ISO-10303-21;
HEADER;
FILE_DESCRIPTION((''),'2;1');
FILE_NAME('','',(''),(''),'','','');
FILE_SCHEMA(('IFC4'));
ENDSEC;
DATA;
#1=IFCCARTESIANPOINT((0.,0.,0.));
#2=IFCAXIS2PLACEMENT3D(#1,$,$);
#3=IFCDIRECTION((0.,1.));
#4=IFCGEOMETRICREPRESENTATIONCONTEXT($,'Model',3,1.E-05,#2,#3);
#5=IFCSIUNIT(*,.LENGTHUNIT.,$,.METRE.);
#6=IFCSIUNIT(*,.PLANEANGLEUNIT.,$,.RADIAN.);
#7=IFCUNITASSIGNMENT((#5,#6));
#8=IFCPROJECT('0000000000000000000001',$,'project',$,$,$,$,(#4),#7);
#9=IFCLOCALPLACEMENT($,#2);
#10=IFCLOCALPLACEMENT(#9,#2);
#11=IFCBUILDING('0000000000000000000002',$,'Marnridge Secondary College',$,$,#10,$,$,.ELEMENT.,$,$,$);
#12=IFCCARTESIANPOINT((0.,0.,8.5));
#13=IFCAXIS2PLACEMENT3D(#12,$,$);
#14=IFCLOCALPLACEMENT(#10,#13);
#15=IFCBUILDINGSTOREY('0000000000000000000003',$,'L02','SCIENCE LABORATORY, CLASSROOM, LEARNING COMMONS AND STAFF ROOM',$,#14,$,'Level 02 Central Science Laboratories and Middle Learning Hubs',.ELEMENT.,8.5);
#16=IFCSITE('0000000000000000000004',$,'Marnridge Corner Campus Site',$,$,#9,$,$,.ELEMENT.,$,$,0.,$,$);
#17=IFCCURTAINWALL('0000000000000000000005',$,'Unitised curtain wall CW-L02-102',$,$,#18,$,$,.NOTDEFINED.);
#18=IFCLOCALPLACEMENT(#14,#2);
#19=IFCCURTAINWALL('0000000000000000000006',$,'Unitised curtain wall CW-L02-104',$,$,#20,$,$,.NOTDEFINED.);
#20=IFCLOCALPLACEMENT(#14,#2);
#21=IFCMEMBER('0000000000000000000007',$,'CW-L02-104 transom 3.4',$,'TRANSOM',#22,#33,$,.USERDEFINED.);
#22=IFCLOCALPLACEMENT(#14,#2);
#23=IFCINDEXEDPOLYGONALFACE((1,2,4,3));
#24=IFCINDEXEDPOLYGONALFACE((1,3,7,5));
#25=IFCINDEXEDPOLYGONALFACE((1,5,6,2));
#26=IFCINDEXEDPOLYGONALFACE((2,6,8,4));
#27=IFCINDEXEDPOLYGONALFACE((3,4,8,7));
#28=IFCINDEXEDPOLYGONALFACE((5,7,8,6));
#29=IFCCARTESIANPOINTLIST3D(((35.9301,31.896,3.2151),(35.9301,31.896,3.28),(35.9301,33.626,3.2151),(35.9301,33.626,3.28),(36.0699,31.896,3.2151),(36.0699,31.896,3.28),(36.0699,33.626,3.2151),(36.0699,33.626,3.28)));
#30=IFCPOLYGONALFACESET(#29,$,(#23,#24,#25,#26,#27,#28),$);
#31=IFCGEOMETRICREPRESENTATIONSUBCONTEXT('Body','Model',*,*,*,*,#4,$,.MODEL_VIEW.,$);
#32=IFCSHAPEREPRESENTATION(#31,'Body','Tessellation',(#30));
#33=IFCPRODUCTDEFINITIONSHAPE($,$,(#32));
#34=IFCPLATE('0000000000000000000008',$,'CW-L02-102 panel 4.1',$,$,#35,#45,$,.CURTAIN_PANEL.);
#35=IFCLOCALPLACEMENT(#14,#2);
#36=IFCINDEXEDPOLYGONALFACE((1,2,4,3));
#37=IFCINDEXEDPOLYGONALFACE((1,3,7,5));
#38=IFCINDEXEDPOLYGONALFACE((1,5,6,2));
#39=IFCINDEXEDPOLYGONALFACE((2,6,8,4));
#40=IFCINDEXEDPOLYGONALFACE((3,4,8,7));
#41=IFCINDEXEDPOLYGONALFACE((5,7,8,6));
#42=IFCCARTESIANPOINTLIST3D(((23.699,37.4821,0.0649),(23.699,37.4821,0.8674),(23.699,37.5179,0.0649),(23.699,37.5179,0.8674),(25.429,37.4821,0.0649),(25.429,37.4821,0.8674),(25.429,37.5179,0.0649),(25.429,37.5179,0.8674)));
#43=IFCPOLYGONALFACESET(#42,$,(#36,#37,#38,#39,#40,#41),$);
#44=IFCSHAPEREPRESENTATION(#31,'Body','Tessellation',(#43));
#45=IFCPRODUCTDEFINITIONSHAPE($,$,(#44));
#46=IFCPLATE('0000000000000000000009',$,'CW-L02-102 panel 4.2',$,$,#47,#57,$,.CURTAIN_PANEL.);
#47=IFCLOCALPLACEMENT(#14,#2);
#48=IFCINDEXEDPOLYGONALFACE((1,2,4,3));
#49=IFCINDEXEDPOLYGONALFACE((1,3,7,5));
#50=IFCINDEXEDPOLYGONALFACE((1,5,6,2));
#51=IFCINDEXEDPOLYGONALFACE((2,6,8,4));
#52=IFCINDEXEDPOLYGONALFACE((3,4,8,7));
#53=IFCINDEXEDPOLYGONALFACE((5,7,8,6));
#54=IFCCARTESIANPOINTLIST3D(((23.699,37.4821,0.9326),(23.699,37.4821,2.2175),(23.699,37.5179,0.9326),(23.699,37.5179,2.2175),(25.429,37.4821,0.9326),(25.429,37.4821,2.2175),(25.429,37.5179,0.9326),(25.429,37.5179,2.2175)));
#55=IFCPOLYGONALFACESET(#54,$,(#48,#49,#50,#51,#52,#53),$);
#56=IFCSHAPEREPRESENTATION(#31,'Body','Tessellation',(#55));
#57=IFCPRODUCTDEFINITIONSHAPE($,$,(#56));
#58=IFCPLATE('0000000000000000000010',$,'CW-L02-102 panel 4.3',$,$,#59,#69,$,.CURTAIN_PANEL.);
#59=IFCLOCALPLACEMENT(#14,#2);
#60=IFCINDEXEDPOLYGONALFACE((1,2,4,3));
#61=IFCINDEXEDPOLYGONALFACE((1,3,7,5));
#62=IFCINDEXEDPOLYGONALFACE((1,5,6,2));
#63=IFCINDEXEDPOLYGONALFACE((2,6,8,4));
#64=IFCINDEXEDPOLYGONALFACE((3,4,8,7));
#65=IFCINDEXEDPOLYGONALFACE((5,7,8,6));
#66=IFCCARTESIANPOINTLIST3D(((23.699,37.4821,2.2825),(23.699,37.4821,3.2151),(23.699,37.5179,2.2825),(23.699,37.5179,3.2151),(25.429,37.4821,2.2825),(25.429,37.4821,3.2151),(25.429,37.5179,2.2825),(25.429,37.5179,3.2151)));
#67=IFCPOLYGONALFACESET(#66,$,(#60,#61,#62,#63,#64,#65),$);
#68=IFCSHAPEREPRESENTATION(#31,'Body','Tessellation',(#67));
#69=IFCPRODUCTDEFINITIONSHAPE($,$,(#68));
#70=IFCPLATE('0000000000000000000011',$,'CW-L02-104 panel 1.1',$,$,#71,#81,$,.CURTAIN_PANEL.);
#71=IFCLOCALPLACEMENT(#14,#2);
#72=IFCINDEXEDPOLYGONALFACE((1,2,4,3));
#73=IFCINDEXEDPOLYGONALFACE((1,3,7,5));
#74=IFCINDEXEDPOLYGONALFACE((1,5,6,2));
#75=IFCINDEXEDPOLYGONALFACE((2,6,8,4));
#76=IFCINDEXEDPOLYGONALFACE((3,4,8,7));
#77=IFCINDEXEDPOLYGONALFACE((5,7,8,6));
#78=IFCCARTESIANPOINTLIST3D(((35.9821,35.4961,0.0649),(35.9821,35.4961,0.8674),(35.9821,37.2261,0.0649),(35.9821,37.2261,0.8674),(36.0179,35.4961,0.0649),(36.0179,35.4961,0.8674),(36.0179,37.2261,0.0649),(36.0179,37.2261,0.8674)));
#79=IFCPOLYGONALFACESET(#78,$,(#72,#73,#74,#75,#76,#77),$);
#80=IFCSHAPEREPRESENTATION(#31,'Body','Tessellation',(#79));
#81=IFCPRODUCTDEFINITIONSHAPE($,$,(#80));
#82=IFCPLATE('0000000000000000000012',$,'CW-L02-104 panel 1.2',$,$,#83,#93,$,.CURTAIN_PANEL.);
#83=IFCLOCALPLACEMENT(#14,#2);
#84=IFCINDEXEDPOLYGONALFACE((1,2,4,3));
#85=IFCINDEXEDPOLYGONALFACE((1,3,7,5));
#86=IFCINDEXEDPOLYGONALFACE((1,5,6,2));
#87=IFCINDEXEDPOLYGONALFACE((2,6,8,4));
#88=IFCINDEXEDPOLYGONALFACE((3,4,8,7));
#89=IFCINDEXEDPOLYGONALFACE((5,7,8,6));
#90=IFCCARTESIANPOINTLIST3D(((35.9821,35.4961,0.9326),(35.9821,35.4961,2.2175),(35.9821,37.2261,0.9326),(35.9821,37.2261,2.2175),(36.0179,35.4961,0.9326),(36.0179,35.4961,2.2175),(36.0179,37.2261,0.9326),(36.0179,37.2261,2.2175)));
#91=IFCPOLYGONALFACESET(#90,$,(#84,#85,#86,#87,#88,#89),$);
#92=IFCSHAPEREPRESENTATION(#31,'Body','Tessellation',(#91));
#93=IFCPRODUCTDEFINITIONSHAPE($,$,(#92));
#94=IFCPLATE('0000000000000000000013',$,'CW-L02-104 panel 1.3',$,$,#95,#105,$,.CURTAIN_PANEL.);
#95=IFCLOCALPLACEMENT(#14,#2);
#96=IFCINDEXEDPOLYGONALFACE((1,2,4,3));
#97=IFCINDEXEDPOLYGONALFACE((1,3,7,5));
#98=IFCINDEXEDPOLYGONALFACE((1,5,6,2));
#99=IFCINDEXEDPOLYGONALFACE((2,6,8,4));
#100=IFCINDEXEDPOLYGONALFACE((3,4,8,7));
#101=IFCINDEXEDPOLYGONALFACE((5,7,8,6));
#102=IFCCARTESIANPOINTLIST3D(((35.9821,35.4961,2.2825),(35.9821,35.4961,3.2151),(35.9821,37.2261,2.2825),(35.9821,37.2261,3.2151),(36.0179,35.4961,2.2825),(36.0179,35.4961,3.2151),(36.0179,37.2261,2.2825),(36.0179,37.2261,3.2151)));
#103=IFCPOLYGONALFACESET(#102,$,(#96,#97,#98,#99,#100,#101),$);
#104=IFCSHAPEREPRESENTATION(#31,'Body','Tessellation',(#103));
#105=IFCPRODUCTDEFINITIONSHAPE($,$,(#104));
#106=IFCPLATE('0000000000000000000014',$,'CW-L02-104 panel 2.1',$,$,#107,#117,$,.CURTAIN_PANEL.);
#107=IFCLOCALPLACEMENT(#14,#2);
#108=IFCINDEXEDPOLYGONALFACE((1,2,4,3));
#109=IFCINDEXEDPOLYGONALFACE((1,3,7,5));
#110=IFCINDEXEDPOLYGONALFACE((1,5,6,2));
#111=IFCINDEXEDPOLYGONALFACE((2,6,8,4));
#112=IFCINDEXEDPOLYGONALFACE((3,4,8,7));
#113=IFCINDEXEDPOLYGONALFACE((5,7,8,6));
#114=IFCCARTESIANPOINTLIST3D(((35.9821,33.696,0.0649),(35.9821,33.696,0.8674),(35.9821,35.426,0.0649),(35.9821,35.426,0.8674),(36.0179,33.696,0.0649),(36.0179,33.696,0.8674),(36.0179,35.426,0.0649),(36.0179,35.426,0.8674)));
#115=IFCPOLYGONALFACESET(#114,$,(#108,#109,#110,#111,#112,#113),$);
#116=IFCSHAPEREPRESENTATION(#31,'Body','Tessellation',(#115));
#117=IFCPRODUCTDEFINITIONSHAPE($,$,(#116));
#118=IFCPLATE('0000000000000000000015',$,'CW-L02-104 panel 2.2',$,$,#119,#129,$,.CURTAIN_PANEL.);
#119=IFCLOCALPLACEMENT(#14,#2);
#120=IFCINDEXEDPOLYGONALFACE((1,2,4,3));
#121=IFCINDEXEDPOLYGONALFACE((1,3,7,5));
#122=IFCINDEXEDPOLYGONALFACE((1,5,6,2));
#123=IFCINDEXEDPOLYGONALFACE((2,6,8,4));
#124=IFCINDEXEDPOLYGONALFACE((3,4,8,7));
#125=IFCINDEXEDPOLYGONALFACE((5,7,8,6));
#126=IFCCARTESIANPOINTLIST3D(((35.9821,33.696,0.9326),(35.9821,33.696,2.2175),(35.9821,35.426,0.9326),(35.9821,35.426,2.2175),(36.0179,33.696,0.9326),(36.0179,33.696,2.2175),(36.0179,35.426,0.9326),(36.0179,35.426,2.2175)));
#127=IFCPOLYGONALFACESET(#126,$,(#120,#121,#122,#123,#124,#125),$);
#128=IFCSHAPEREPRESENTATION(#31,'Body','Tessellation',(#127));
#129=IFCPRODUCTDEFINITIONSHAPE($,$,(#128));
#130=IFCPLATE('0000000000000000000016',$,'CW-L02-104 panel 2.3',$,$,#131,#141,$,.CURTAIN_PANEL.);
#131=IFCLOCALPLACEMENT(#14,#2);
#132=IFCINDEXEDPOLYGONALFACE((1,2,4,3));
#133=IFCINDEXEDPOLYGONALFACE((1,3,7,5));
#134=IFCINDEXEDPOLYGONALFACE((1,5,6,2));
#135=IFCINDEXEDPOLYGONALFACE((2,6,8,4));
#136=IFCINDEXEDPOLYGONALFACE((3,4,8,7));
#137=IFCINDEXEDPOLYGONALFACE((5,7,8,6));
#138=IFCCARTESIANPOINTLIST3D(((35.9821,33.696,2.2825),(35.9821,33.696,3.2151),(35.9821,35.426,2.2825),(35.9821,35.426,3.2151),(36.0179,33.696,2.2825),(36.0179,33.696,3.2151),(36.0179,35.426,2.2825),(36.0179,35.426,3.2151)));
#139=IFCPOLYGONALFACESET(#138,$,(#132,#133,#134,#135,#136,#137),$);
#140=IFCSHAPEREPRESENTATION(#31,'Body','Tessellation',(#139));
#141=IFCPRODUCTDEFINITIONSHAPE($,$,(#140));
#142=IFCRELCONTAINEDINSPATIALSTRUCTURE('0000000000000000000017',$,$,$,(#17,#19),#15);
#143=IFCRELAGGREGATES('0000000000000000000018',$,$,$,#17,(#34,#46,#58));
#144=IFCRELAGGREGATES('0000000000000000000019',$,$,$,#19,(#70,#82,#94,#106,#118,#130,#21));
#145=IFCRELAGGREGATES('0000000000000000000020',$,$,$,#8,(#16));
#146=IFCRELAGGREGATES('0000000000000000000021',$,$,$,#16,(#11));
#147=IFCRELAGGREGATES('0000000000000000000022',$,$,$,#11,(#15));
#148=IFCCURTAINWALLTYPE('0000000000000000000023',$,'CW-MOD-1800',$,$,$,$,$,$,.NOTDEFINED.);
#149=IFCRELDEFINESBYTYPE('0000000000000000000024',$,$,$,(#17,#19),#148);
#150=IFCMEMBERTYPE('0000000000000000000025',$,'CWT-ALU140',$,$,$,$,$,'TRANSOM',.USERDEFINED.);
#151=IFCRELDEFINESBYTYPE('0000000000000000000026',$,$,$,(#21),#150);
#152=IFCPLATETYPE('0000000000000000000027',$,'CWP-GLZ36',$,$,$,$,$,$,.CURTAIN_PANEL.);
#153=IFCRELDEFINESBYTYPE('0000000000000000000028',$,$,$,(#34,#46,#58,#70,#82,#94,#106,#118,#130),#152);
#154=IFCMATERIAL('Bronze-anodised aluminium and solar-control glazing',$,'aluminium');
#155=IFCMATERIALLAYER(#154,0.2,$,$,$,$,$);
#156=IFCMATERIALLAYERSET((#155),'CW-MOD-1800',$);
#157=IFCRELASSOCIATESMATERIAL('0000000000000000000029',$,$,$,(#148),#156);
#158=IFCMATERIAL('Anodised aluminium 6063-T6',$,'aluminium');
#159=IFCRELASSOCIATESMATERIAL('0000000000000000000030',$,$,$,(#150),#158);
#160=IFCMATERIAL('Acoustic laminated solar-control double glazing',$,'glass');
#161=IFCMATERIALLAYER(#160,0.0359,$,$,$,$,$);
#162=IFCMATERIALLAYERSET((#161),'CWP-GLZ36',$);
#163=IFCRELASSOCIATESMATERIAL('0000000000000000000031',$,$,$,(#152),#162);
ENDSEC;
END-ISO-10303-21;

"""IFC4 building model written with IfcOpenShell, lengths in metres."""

from ifc_helpers import new_model, si_unit, direction, frame, origin, origin_2d, place, context, subcontext, project, spatial, rectangle, extrude, material, layer, layer_set, material_profile, profile_set, type_object, element, aggregate, save


model = new_model("IFC4")

# Units and contexts
model_context = context("Model", 3, precision=1e-05, world=origin(), true_north=direction((0.0, 1.0)))
body_context = subcontext(model_context, "Body", "Model", "MODEL_VIEW")
ifc_project = project(units=[si_unit("LENGTHUNIT", "METRE"), si_unit("PLANEANGLEUNIT", "RADIAN")], contexts=[model_context])

# Site, building, storey
site_placement = place(None, origin())
site = spatial("IfcSite", under=ifc_project, at=site_placement, Name="Marnridge Corner Campus Site", CompositionType="ELEMENT", RefElevation=0.0)
building_placement = place(site_placement, origin())
building = spatial("IfcBuilding", under=site, at=building_placement, Name="Marnridge Secondary College", CompositionType="ELEMENT")
storey_placement = place(building_placement, frame((0.0, 0.0, 8.5)))
storey = spatial("IfcBuildingStorey", under=building, at=storey_placement, Name="L02", Description="SCIENCE LABORATORY, CLASSROOM, LEARNING COMMONS AND STAFF ROOM", LongName="Level 02 Central Science Laboratories and Middle Learning Hubs", CompositionType="ELEMENT", Elevation=8.5)

# Curtain wall
ifc_material_1 = material(Name="Bronze-anodised aluminium and solar-control glazing", Category="aluminium")
ifc_layer_1 = layer(ifc_material_1, 0.2)
ifc_layer_set_1 = layer_set([ifc_layer_1], Name="CW-MOD-1800")
curtain_wall_type = type_object("IfcCurtainWallType", Name="CW-MOD-1800", PredefinedType="NOTDEFINED", material=ifc_layer_set_1)
curtain_wall_1_placement = place(storey_placement, origin())
curtain_wall_1 = element("IfcCurtainWall", 1, at=curtain_wall_1_placement, inside=storey, type_object=curtain_wall_type, Name="Unitised curtain wall CW-L02-102", PredefinedType="NOTDEFINED")

# Curtain wall
curtain_wall_2_placement = place(storey_placement, origin())
curtain_wall_2 = element("IfcCurtainWall", 2, at=curtain_wall_2_placement, inside=storey, type_object=curtain_wall_type, Name="Unitised curtain wall CW-L02-104", PredefinedType="NOTDEFINED")

# Member
ifc_material_2 = material(Name="Anodised aluminium 6063-T6", Category="aluminium")
ifc_material_profile_1 = material_profile(ifc_material_2, rectangle(XDim=0.0649, YDim=0.1399, at=origin_2d()), Name="ALU 65x140")
ifc_profile_set_1 = profile_set([ifc_material_profile_1], Name="Anodised aluminium 6063-T6")
member_type_1 = type_object("IfcMemberType", Name="CWT-ALU140", ElementType="TRANSOM", PredefinedType="USERDEFINED", material=ifc_profile_set_1)
member_1_placement = place(storey_placement, frame((36.0, 33.626, 3.2476), z_axis=(0.0, -1.0, 0.0), x_axis=(0.0, 0.0, 1.0)))
member_1 = element("IfcMember", 3, at=member_1_placement, type_object=member_type_1, Name="CW-L02-104 transom 3.4", ObjectType="TRANSOM", PredefinedType="USERDEFINED", context=body_context, shape_type="SweptSolid", body=[
    extrude(rectangle(XDim=0.0649, YDim=0.1399, at=origin_2d()), origin(), (0.0, 0.0, 1.0), 1.73),
])

# Plates
ifc_material_3 = material(Name="Acoustic laminated solar-control double glazing", Category="glass")
ifc_layer_2 = layer(ifc_material_3, 0.0359)
ifc_layer_set_2 = layer_set([ifc_layer_2], Name="CWP-GLZ36")
plate_type = type_object("IfcPlateType", Name="CWP-GLZ36", PredefinedType="CURTAIN_PANEL", material=ifc_layer_set_2)
plate_1_placement = place(storey_placement, frame((24.564, 37.5, 0.0649), z_axis=(0.0, 0.0, 1.0), x_axis=(1.0, 0.0, 0.0)))
plate_1 = element("IfcPlate", 4, at=plate_1_placement, type_object=plate_type, Name="CW-L02-102 panel 4.1", PredefinedType="CURTAIN_PANEL", context=body_context, shape_type="SweptSolid", body=[
    extrude(rectangle(XDim=1.73, YDim=0.0359, at=origin_2d()), origin(), (0.0, 0.0, 1.0), 0.8025),
])
plate_2_placement = place(storey_placement, frame((24.564, 37.5, 0.9326), z_axis=(0.0, 0.0, 1.0), x_axis=(1.0, 0.0, 0.0)))
plate_2 = element("IfcPlate", 5, at=plate_2_placement, type_object=plate_type, Name="CW-L02-102 panel 4.2", PredefinedType="CURTAIN_PANEL", context=body_context, shape_type="SweptSolid", body=[
    extrude(rectangle(XDim=1.73, YDim=0.0359, at=origin_2d()), origin(), (0.0, 0.0, 1.0), 1.2849),
])
plate_3_placement = place(storey_placement, frame((24.564, 37.5, 2.2825), z_axis=(0.0, 0.0, 1.0), x_axis=(1.0, 0.0, 0.0)))
plate_3 = element("IfcPlate", 6, at=plate_3_placement, type_object=plate_type, Name="CW-L02-102 panel 4.3", PredefinedType="CURTAIN_PANEL", context=body_context, shape_type="SweptSolid", body=[
    extrude(rectangle(XDim=1.73, YDim=0.0359, at=origin_2d()), origin(), (0.0, 0.0, 1.0), 0.9326),
])
aggregate(curtain_wall_1, [plate_1, plate_2, plate_3])
plate_4_placement = place(storey_placement, frame((36.0, 36.3611, 0.0649), z_axis=(0.0, 0.0, 1.0), x_axis=(0.0, -1.0, 0.0)))
plate_4 = element("IfcPlate", 7, at=plate_4_placement, type_object=plate_type, Name="CW-L02-104 panel 1.1", PredefinedType="CURTAIN_PANEL", context=body_context, shape_type="SweptSolid", body=[
    extrude(rectangle(XDim=1.73, YDim=0.0359, at=origin_2d()), origin(), (0.0, 0.0, 1.0), 0.8025),
])
plate_5_placement = place(storey_placement, frame((36.0, 36.3611, 0.9326), z_axis=(0.0, 0.0, 1.0), x_axis=(0.0, -1.0, 0.0)))
plate_5 = element("IfcPlate", 8, at=plate_5_placement, type_object=plate_type, Name="CW-L02-104 panel 1.2", PredefinedType="CURTAIN_PANEL", context=body_context, shape_type="SweptSolid", body=[
    extrude(rectangle(XDim=1.73, YDim=0.0359, at=origin_2d()), origin(), (0.0, 0.0, 1.0), 1.2849),
])
plate_6_placement = place(storey_placement, frame((36.0, 36.3611, 2.2825), z_axis=(0.0, 0.0, 1.0), x_axis=(0.0, -1.0, 0.0)))
plate_6 = element("IfcPlate", 9, at=plate_6_placement, type_object=plate_type, Name="CW-L02-104 panel 1.3", PredefinedType="CURTAIN_PANEL", context=body_context, shape_type="SweptSolid", body=[
    extrude(rectangle(XDim=1.73, YDim=0.0359, at=origin_2d()), origin(), (0.0, 0.0, 1.0), 0.9326),
])
plate_7_placement = place(storey_placement, frame((36.0, 34.561, 0.0649), z_axis=(0.0, 0.0, 1.0), x_axis=(0.0, -1.0, 0.0)))
plate_7 = element("IfcPlate", 10, at=plate_7_placement, type_object=plate_type, Name="CW-L02-104 panel 2.1", PredefinedType="CURTAIN_PANEL", context=body_context, shape_type="SweptSolid", body=[
    extrude(rectangle(XDim=1.73, YDim=0.0359, at=origin_2d()), origin(), (0.0, 0.0, 1.0), 0.8025),
])
plate_8_placement = place(storey_placement, frame((36.0, 34.561, 0.9326), z_axis=(0.0, 0.0, 1.0), x_axis=(0.0, -1.0, 0.0)))
plate_8 = element("IfcPlate", 11, at=plate_8_placement, type_object=plate_type, Name="CW-L02-104 panel 2.2", PredefinedType="CURTAIN_PANEL", context=body_context, shape_type="SweptSolid", body=[
    extrude(rectangle(XDim=1.73, YDim=0.0359, at=origin_2d()), origin(), (0.0, 0.0, 1.0), 1.2849),
])
plate_9_placement = place(storey_placement, frame((36.0, 34.561, 2.2825), z_axis=(0.0, 0.0, 1.0), x_axis=(0.0, -1.0, 0.0)))
plate_9 = element("IfcPlate", 12, at=plate_9_placement, type_object=plate_type, Name="CW-L02-104 panel 2.3", PredefinedType="CURTAIN_PANEL", context=body_context, shape_type="SweptSolid", body=[
    extrude(rectangle(XDim=1.73, YDim=0.0359, at=origin_2d()), origin(), (0.0, 0.0, 1.0), 0.9326),
])
aggregate(curtain_wall_2, [plate_4, plate_5, plate_6, plate_7, plate_8, plate_9, member_1])

save(model, "model.ifc")
